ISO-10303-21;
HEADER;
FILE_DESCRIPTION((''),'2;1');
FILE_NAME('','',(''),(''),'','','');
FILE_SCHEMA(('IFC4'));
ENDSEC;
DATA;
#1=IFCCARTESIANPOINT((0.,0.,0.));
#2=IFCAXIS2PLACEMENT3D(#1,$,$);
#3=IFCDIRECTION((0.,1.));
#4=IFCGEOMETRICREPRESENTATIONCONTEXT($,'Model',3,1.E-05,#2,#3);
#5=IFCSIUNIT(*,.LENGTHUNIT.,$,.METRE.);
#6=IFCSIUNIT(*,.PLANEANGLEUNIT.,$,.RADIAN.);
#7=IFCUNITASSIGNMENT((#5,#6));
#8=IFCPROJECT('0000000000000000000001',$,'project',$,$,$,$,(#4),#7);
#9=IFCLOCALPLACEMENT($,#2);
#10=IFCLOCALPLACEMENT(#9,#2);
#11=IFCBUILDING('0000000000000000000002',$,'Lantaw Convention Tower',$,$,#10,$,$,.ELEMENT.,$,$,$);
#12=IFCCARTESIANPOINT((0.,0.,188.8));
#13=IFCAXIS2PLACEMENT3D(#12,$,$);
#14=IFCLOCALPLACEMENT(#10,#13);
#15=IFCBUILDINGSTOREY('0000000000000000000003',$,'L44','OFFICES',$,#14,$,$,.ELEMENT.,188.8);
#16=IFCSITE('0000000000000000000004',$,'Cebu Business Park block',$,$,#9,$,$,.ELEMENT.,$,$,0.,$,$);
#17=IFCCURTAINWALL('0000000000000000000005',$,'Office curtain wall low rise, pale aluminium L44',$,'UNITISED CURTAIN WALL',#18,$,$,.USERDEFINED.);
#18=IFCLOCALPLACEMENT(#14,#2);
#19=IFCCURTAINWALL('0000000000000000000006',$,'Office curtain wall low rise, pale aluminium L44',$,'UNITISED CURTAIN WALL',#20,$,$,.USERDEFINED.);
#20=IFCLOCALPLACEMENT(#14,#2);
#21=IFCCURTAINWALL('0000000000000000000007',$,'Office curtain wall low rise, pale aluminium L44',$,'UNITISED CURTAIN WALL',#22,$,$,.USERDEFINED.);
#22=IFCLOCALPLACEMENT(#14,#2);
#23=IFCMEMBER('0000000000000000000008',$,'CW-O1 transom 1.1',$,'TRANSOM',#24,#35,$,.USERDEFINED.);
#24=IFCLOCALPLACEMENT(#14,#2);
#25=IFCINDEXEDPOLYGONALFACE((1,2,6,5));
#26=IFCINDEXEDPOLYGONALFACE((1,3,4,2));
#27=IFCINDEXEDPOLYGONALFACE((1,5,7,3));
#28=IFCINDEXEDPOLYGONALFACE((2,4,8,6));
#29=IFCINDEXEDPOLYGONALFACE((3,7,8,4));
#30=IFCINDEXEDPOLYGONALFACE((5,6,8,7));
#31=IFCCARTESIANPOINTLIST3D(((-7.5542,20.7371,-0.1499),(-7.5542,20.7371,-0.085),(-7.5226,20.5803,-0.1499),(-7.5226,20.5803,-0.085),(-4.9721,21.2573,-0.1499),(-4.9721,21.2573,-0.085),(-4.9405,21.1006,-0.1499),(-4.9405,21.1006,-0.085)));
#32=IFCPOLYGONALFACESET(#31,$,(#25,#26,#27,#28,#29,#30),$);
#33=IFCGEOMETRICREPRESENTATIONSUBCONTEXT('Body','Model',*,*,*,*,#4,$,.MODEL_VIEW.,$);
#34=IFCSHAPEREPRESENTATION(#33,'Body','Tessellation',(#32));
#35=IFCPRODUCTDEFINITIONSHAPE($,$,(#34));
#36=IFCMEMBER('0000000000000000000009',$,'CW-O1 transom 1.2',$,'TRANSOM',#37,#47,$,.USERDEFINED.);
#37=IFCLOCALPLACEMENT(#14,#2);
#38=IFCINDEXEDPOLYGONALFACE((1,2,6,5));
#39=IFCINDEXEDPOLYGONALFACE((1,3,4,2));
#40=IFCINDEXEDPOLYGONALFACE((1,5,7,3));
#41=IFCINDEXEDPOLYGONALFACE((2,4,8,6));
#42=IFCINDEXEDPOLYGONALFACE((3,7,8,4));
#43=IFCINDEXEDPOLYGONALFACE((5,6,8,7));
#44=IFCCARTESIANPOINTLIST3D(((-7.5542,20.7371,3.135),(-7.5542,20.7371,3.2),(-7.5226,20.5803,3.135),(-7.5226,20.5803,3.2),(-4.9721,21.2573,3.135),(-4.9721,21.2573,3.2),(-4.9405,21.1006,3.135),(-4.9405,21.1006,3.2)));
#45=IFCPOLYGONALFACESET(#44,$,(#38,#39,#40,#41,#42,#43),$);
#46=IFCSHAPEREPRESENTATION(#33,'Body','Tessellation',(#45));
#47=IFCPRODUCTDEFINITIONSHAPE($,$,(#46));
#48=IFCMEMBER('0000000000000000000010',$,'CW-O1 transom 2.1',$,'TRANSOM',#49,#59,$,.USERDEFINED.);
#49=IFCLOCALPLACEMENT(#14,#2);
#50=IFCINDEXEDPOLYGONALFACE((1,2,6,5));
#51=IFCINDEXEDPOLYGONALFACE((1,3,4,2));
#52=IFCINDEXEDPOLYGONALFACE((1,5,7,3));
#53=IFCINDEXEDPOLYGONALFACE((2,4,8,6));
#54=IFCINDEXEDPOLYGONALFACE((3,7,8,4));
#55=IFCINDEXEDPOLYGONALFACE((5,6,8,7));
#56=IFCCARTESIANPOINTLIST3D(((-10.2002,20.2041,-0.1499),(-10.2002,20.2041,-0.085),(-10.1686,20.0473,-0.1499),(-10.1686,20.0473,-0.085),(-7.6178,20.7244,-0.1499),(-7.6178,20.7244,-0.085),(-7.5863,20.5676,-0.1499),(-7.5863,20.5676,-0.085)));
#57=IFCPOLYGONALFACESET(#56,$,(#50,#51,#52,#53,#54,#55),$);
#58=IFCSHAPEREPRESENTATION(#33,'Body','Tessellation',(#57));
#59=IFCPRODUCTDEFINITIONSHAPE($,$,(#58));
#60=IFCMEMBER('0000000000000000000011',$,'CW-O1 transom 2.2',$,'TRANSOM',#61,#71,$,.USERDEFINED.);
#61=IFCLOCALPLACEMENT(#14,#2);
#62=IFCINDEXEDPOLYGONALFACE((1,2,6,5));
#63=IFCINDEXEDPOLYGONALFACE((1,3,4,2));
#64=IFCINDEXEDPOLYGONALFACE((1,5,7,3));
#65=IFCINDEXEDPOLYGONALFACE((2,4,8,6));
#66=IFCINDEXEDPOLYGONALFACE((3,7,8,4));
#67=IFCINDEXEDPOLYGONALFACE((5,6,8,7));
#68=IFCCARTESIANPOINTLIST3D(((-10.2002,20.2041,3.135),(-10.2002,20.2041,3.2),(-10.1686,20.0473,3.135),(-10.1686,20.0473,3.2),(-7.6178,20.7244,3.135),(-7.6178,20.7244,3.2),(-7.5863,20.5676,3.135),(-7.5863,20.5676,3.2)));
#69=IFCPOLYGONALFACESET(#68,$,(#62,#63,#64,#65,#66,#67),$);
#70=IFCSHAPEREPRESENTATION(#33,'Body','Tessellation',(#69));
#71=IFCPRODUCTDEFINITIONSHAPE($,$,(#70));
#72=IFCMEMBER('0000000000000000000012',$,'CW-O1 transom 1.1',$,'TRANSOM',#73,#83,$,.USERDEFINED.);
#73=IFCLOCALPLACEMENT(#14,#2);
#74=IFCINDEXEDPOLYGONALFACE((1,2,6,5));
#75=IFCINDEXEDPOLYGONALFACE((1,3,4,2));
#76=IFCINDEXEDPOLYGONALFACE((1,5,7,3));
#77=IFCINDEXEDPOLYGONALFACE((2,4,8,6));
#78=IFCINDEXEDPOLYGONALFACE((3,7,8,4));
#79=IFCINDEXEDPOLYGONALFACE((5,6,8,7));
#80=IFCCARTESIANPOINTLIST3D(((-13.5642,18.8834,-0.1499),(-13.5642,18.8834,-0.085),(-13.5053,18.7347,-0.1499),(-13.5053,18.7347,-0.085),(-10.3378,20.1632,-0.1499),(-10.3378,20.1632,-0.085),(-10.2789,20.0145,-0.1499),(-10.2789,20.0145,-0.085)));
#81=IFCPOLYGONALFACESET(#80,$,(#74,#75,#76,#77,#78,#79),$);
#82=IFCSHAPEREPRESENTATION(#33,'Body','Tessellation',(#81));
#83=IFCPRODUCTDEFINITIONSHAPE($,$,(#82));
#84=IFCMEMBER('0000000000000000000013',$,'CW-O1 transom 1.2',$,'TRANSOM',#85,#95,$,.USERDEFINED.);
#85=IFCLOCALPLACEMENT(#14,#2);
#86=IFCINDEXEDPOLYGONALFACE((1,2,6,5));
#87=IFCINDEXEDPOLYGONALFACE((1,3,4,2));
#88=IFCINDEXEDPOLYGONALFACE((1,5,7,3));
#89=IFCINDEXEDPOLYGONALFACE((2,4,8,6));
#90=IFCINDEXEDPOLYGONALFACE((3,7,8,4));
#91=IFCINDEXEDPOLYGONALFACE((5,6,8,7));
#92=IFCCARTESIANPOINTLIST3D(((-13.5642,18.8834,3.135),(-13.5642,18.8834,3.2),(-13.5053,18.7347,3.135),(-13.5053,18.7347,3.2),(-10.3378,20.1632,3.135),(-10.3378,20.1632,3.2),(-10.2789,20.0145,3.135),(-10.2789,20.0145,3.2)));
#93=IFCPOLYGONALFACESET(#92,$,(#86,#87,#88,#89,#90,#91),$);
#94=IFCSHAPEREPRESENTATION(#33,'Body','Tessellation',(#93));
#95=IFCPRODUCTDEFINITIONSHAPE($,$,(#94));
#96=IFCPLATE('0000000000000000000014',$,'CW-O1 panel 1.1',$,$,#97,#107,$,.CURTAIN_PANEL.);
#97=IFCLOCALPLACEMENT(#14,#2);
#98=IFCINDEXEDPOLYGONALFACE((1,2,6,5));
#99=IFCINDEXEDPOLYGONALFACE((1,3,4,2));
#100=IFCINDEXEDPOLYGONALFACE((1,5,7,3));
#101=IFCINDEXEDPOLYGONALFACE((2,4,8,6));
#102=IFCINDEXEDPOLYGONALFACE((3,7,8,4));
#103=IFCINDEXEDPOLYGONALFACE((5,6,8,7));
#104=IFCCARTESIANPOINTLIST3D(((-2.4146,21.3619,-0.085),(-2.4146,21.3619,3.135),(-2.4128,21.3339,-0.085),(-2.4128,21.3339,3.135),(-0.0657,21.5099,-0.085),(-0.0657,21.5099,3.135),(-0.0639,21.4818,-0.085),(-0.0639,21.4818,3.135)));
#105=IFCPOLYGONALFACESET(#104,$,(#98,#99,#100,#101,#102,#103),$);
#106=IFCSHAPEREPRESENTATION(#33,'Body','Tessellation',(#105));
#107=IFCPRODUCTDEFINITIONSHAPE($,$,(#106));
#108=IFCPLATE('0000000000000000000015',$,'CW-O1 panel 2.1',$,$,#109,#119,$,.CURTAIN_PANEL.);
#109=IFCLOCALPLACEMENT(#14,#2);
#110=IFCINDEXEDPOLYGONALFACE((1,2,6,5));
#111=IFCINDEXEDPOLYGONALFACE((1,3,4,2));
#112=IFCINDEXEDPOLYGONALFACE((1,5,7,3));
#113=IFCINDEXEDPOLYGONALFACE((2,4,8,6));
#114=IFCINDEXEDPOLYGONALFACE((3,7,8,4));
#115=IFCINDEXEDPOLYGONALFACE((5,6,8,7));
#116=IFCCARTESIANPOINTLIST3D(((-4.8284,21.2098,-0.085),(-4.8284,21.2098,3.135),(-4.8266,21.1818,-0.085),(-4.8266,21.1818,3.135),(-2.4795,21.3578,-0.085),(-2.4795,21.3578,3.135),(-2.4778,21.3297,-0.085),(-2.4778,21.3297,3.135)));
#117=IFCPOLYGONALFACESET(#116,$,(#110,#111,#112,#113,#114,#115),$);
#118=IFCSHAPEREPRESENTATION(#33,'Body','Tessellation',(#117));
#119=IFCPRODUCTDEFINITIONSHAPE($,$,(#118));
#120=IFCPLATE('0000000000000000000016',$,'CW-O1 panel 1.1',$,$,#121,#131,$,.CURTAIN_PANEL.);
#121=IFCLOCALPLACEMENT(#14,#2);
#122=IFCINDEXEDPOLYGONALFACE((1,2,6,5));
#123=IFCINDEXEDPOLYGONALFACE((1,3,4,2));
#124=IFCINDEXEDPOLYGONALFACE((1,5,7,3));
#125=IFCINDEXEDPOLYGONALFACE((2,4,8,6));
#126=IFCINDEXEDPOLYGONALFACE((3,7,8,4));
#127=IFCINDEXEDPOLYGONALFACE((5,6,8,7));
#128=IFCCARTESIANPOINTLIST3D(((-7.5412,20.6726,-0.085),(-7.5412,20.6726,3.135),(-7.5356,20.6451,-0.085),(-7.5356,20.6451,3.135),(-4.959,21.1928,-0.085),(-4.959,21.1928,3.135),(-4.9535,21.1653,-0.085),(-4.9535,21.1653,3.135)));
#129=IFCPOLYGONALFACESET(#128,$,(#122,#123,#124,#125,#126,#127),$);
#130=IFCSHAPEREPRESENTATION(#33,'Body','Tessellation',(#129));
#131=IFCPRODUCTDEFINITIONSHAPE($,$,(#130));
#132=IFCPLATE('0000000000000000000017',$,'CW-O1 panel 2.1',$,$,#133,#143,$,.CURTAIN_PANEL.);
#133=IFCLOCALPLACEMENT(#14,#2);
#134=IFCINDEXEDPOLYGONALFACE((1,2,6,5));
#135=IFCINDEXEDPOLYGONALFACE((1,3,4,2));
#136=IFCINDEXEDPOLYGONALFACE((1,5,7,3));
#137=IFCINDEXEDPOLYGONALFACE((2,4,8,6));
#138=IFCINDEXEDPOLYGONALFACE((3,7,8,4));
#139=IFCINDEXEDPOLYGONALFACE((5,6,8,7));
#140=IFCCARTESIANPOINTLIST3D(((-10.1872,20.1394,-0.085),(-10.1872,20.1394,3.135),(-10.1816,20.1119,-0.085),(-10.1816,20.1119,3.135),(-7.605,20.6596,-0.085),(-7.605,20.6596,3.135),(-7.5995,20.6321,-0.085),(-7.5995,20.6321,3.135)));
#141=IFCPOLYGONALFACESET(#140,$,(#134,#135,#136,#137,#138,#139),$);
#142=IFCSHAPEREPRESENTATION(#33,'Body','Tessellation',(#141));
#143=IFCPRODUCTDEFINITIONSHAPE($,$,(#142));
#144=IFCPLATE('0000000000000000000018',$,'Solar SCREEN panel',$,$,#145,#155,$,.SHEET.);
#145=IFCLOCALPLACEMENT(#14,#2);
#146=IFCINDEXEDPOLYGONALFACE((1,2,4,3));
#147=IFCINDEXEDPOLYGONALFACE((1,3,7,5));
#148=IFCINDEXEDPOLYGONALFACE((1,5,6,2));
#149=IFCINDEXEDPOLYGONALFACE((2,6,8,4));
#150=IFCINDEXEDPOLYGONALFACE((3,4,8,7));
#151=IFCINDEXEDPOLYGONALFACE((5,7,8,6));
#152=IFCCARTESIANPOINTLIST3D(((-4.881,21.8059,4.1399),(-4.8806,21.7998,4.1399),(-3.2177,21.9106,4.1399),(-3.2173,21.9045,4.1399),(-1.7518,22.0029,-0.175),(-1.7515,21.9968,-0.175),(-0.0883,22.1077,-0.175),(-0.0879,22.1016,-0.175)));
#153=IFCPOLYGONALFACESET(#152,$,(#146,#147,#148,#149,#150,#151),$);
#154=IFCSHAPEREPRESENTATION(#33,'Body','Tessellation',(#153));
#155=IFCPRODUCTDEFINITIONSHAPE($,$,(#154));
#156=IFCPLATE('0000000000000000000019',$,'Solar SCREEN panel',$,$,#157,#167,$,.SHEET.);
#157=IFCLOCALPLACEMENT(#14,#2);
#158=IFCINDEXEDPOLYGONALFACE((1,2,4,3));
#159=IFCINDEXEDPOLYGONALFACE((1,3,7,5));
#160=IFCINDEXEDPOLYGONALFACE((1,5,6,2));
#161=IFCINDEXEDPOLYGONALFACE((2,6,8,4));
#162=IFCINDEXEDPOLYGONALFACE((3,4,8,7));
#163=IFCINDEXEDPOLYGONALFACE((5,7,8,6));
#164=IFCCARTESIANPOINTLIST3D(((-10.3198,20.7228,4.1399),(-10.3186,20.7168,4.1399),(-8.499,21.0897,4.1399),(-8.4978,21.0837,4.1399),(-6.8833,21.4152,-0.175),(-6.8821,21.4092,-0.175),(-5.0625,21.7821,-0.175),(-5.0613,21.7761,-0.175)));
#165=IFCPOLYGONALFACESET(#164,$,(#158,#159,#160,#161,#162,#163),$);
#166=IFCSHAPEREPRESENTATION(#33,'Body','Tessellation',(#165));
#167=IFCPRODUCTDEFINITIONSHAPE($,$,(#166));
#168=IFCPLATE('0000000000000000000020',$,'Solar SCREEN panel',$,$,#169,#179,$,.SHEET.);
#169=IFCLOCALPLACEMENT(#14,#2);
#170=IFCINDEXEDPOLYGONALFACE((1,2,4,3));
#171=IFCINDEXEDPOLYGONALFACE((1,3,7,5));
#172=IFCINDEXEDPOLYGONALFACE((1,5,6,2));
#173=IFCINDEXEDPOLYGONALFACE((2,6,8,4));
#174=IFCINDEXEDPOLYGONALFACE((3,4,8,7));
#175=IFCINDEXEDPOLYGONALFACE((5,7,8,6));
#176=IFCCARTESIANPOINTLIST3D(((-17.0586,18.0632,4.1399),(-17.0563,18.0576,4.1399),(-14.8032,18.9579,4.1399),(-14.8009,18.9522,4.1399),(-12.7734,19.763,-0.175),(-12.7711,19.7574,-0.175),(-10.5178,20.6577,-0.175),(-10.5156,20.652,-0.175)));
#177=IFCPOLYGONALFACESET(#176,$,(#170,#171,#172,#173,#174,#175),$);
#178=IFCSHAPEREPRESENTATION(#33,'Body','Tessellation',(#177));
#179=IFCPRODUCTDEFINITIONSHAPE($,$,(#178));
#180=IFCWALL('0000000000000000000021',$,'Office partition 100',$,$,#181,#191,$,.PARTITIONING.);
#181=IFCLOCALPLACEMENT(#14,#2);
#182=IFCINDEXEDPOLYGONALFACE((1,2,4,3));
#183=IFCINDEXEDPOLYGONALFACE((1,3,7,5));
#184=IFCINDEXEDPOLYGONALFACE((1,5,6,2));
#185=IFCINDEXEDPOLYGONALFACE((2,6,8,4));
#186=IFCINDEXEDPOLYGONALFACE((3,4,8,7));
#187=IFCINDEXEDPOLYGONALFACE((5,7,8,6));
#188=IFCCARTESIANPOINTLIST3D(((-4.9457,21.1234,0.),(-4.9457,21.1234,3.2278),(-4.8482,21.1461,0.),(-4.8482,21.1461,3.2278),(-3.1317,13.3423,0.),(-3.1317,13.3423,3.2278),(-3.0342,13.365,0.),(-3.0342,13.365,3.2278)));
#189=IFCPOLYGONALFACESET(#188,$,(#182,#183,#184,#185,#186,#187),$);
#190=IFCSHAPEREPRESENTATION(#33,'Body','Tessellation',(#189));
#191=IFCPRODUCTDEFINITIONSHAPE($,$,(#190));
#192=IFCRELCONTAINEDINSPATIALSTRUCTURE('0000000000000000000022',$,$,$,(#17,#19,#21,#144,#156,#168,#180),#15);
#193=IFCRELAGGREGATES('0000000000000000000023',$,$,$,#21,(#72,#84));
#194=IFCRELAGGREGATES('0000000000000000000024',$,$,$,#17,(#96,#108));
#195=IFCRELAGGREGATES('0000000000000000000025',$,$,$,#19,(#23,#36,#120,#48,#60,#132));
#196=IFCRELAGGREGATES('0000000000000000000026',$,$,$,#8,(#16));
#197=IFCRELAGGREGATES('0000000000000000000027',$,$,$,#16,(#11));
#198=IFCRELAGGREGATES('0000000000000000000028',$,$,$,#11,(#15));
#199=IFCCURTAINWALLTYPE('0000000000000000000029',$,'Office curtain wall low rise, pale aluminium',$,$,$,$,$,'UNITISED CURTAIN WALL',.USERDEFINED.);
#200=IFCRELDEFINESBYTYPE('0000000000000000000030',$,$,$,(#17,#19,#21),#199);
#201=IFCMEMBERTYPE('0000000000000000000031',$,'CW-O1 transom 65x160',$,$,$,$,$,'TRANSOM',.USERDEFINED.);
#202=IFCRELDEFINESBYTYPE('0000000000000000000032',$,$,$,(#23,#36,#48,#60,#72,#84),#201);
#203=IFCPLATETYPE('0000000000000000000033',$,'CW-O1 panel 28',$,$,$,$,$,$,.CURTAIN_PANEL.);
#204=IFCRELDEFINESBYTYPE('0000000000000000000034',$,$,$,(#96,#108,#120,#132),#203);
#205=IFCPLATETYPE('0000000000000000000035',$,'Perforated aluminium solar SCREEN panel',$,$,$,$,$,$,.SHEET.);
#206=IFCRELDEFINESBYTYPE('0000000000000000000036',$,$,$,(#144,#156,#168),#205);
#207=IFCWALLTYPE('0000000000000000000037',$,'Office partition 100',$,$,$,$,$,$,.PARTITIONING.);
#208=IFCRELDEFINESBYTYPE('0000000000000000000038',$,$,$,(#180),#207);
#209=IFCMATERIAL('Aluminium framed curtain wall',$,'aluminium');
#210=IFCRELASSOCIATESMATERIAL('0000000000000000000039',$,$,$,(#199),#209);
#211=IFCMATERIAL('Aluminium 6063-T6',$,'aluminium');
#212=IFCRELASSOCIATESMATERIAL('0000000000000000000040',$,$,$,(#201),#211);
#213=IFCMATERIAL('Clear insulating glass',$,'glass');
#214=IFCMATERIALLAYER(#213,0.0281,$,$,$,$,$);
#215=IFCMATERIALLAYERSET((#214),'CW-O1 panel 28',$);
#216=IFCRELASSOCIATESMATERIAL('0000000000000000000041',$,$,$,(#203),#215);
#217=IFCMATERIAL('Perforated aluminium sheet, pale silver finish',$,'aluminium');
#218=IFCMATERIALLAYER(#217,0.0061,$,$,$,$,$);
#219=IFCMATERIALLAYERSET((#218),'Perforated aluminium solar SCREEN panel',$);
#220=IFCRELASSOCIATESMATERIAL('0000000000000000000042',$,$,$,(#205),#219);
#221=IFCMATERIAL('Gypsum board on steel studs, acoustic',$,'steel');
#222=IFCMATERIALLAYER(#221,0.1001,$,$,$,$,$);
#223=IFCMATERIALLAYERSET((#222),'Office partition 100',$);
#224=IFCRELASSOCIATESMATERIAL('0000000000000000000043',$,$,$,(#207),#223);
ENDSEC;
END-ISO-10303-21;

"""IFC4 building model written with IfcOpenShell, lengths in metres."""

from ifc_helpers import new_model, si_unit, direction, frame, frame_2d, origin, origin_2d, place, context, subcontext, project, spatial, polyline, rectangle, outline, extrude, material, layer, layer_set, material_profile, profile_set, type_object, element, aggregate, save


model = new_model("IFC4")

# Units and contexts
model_context = context("Model", 3, precision=1e-05, world=origin(), true_north=direction((0.0, 1.0)))
body_context = subcontext(model_context, "Body", "Model", "MODEL_VIEW")
ifc_project = project(units=[si_unit("LENGTHUNIT", "METRE"), si_unit("PLANEANGLEUNIT", "RADIAN")], contexts=[model_context])

# Site, building, storey
site_placement = place(None, origin())
site = spatial("IfcSite", under=ifc_project, at=site_placement, Name="Cebu Business Park block", CompositionType="ELEMENT", RefElevation=0.0)
building_placement = place(site_placement, origin())
building = spatial("IfcBuilding", under=site, at=building_placement, Name="Lantaw Convention Tower", CompositionType="ELEMENT")
storey_placement = place(building_placement, frame((0.0, 0.0, 188.8)))
storey = spatial("IfcBuildingStorey", under=building, at=storey_placement, Name="L44", Description="OFFICES", CompositionType="ELEMENT", Elevation=188.8)

# Curtain walls
ifc_material_1 = material(Name="Aluminium framed curtain wall", Category="aluminium")
curtain_wall_type = type_object("IfcCurtainWallType", Name="Office curtain wall low rise, pale aluminium", ElementType="UNITISED CURTAIN WALL", PredefinedType="USERDEFINED", material=ifc_material_1)
curtain_wall_1_placement = place(storey_placement, origin())
curtain_wall_1 = element("IfcCurtainWall", 1, at=curtain_wall_1_placement, inside=storey, type_object=curtain_wall_type, Name="Office curtain wall low rise, pale aluminium L44", ObjectType="UNITISED CURTAIN WALL", PredefinedType="USERDEFINED")
ifc_material_2 = material(Name="Aluminium 6063-T6", Category="aluminium")
curtain_wall_2_placement = place(storey_placement, origin())
curtain_wall_2 = element("IfcCurtainWall", 2, at=curtain_wall_2_placement, inside=storey, type_object=curtain_wall_type, Name="Office curtain wall low rise, pale aluminium L44", ObjectType="UNITISED CURTAIN WALL", PredefinedType="USERDEFINED")

# Curtain wall
curtain_wall_3_placement = place(storey_placement, origin())
curtain_wall_3 = element("IfcCurtainWall", 3, at=curtain_wall_3_placement, inside=storey, type_object=curtain_wall_type, Name="Office curtain wall low rise, pale aluminium L44", ObjectType="UNITISED CURTAIN WALL", PredefinedType="USERDEFINED")

# Members
ifc_material_profile_1 = material_profile(ifc_material_2, rectangle(XDim=0.1599, YDim=0.0649, at=origin_2d()), Name="CW-O1 transom 65x160")
ifc_profile_set_1 = profile_set([ifc_material_profile_1], Name="Aluminium 6063-T6")
member_type_1 = type_object("IfcMemberType", Name="CW-O1 transom 65x160", ElementType="TRANSOM", PredefinedType="USERDEFINED", material=ifc_profile_set_1)
member_1_placement = place(storey_placement, frame((-4.9563, 21.179, -0.1174), z_axis=(-0.980298, -0.197524, 0.0), x_axis=(0.197524, -0.980298, 0.0)))
member_1 = element("IfcMember", 4, at=member_1_placement, type_object=member_type_1, Name="CW-O1 transom 1.1", ObjectType="TRANSOM", PredefinedType="USERDEFINED", context=body_context, shape_type="SweptSolid", body=[
    extrude(rectangle(XDim=0.1599, YDim=0.0649, at=origin_2d()), origin(), (0.0, 0.0, 1.0), 2.634),
])
member_2_placement = place(storey_placement, frame((-4.9563, 21.179, 3.1675), z_axis=(-0.980298, -0.197524, 0.0), x_axis=(0.197524, -0.980298, 0.0)))
member_2 = element("IfcMember", 5, at=member_2_placement, type_object=member_type_1, Name="CW-O1 transom 1.2", ObjectType="TRANSOM", PredefinedType="USERDEFINED", context=body_context, shape_type="SweptSolid", body=[
    extrude(rectangle(XDim=0.1599, YDim=0.0649, at=origin_2d()), origin(), (0.0, 0.0, 1.0), 2.634),
])
member_3_placement = place(storey_placement, frame((-7.6021, 20.646, -0.1174), z_axis=(-0.980302, -0.197506, 0.0), x_axis=(0.197506, -0.980302, 0.0)))
member_3 = element("IfcMember", 6, at=member_3_placement, type_object=member_type_1, Name="CW-O1 transom 2.1", ObjectType="TRANSOM", PredefinedType="USERDEFINED", context=body_context, shape_type="SweptSolid", body=[
    extrude(rectangle(XDim=0.1599, YDim=0.0649, at=origin_2d()), origin(), (0.0, 0.0, 1.0), 2.6343),
])
member_4_placement = place(storey_placement, frame((-7.6021, 20.646, 3.1675), z_axis=(-0.980302, -0.197506, 0.0), x_axis=(0.197506, -0.980302, 0.0)))
member_4 = element("IfcMember", 7, at=member_4_placement, type_object=member_type_1, Name="CW-O1 transom 2.2", ObjectType="TRANSOM", PredefinedType="USERDEFINED", context=body_context, shape_type="SweptSolid", body=[
    extrude(rectangle(XDim=0.1599, YDim=0.0649, at=origin_2d()), origin(), (0.0, 0.0, 1.0), 2.6343),
])
member_5_placement = place(storey_placement, frame((-10.3083, 20.0889, -0.1174), z_axis=(-0.92954, -0.368721, 0.0), x_axis=(0.368721, -0.92954, 0.0)))
member_5 = element("IfcMember", 8, at=member_5_placement, type_object=member_type_1, Name="CW-O1 transom 1.1", ObjectType="TRANSOM", PredefinedType="USERDEFINED", context=body_context, shape_type="SweptSolid", body=[
    extrude(rectangle(XDim=0.1599, YDim=0.0649, at=origin_2d()), origin(), (0.0, 0.0, 1.0), 3.4709),
])
member_6_placement = place(storey_placement, frame((-10.3083, 20.0889, 3.1675), z_axis=(-0.92954, -0.368721, 0.0), x_axis=(0.368721, -0.92954, 0.0)))
member_6 = element("IfcMember", 9, at=member_6_placement, type_object=member_type_1, Name="CW-O1 transom 1.2", ObjectType="TRANSOM", PredefinedType="USERDEFINED", context=body_context, shape_type="SweptSolid", body=[
    extrude(rectangle(XDim=0.1599, YDim=0.0649, at=origin_2d()), origin(), (0.0, 0.0, 1.0), 3.4709),
])
aggregate(curtain_wall_3, [member_5, member_6])

# Plates
ifc_material_3 = material(Name="Clear insulating glass", Category="glass")
ifc_layer_1 = layer(ifc_material_3, 0.0281)
ifc_layer_set_1 = layer_set([ifc_layer_1], Name="CW-O1 panel 28")
plate_type_1 = type_object("IfcPlateType", Name="CW-O1 panel 28", PredefinedType="CURTAIN_PANEL", material=ifc_layer_set_1)
plate_1_placement = place(storey_placement, frame((-1.2393, 21.4219, -0.085), z_axis=(0.0, 0.0, 1.0), x_axis=(-0.998022, -0.062865, 0.0)))
plate_1 = element("IfcPlate", 10, at=plate_1_placement, type_object=plate_type_1, Name="CW-O1 panel 1.1", PredefinedType="CURTAIN_PANEL", context=body_context, shape_type="SweptSolid", body=[
    extrude(rectangle(XDim=2.3535, YDim=0.0281, at=origin_2d()), origin(), (0.0, 0.0, 1.0), 3.22),
])
plate_2_placement = place(storey_placement, frame((-3.6531, 21.2698, -0.085), z_axis=(0.0, 0.0, 1.0), x_axis=(-0.998022, -0.062865, 0.0)))
plate_2 = element("IfcPlate", 11, at=plate_2_placement, type_object=plate_type_1, Name="CW-O1 panel 2.1", PredefinedType="CURTAIN_PANEL", context=body_context, shape_type="SweptSolid", body=[
    extrude(rectangle(XDim=2.3535, YDim=0.0281, at=origin_2d()), origin(), (0.0, 0.0, 1.0), 3.22),
])
aggregate(curtain_wall_1, [plate_1, plate_2])
plate_3_placement = place(storey_placement, frame((-6.2473, 20.9189, -0.085), z_axis=(0.0, 0.0, 1.0), x_axis=(-0.980302, -0.197507, 0.0)))
plate_3 = element("IfcPlate", 12, at=plate_3_placement, type_object=plate_type_1, Name="CW-O1 panel 1.1", PredefinedType="CURTAIN_PANEL", context=body_context, shape_type="SweptSolid", body=[
    extrude(rectangle(XDim=2.634, YDim=0.0281, at=origin_2d()), origin(), (0.0, 0.0, 1.0), 3.22),
])
plate_4_placement = place(storey_placement, frame((-8.8933, 20.3857, -0.085), z_axis=(0.0, 0.0, 1.0), x_axis=(-0.980302, -0.197507, 0.0)))
plate_4 = element("IfcPlate", 13, at=plate_4_placement, type_object=plate_type_1, Name="CW-O1 panel 2.1", PredefinedType="CURTAIN_PANEL", context=body_context, shape_type="SweptSolid", body=[
    extrude(rectangle(XDim=2.634, YDim=0.0281, at=origin_2d()), origin(), (0.0, 0.0, 1.0), 3.22),
])
aggregate(curtain_wall_2, [member_1, member_2, plate_3, member_3, member_4, plate_4])

# Plates
ifc_material_4 = material(Name="Perforated aluminium sheet, pale silver finish", Category="aluminium")
ifc_layer_2 = layer(ifc_material_4, 0.0061)
ifc_layer_set_2 = layer_set([ifc_layer_2], Name="Perforated aluminium solar SCREEN panel")
plate_type_2 = type_object("IfcPlateType", Name="Perforated aluminium solar SCREEN panel", PredefinedType="SHEET", material=ifc_layer_set_2)
plate_5_placement = place(storey_placement, frame((-0.0879, 22.1016, -0.175), z_axis=(0.062839, -0.998024, 0.000002), x_axis=(-0.998024, -0.062839, 0.0)))
element("IfcPlate", 14, at=plate_5_placement, inside=storey, type_object=plate_type_2, Name="Solar SCREEN panel", PredefinedType="SHEET", context=body_context, shape_type="SweptSolid", body=[
    extrude(outline(polyline([(0.0, 0.0), (1.6669, 0.0), (4.8022, -4.3149), (3.1356, -4.3149), (0.0, 0.0)])), origin(), (0.0, 0.0, -1.0), 0.0061),
])
plate_6_placement = place(storey_placement, frame((-5.0613, 21.7761, -0.175), z_axis=(0.197557, -0.980291, 0.00004), x_axis=(-0.980291, -0.197557, 0.0)))
element("IfcPlate", 15, at=plate_6_placement, inside=storey, type_object=plate_type_2, Name="Solar SCREEN panel", PredefinedType="SHEET", context=body_context, shape_type="SweptSolid", body=[
    extrude(outline(polyline([(0.0, 0.0), (1.8574, 0.0), (5.363, -4.3149), (3.5056, -4.3149), (0.0, 0.0)])), origin(), (0.0, 0.0, -1.0), 0.0061),
])
plate_7_placement = place(storey_placement, frame((-10.5178, 20.6577, -0.175), z_axis=(-0.368709, 0.929545, 0.000011), x_axis=(-0.929545, -0.368709, 0.0)))
element("IfcPlate", 16, at=plate_7_placement, inside=storey, type_object=plate_type_2, Name="Solar SCREEN panel", PredefinedType="SHEET", context=body_context, shape_type="SweptSolid", body=[
    extrude(outline(polyline([(0.0, 0.0), (2.4265, 0.0), (7.0365, 4.3149), (4.6102, 4.3149), (0.0, 0.0)])), origin(), (0.0, 0.0, -1.0), 0.0061),
])

# Wall
ifc_material_5 = material(Name="Gypsum board on steel studs, acoustic", Category="steel")
ifc_layer_3 = layer(ifc_material_5, 0.1001)
ifc_layer_set_3 = layer_set([ifc_layer_3], Name="Office partition 100")
wall_type = type_object("IfcWallType", Name="Office partition 100", PredefinedType="PARTITIONING", material=ifc_layer_set_3)
wall_placement = place(storey_placement, frame((-4.897, 21.1348, 0.0), z_axis=(0.0, 0.0, 1.0), x_axis=(0.227039, -0.973886, 0.0)))
element("IfcWall", 17, at=wall_placement, inside=storey, type_object=wall_type, Name="Office partition 100", PredefinedType="PARTITIONING", context=body_context, shape_type="SweptSolid", body=[
    extrude(rectangle(XDim=7.9897, YDim=0.1001, at=frame_2d((3.9949, 0.0))), origin(), (0.0, 0.0, 1.0), 3.2278),
])

save(model, "model.ifc")
